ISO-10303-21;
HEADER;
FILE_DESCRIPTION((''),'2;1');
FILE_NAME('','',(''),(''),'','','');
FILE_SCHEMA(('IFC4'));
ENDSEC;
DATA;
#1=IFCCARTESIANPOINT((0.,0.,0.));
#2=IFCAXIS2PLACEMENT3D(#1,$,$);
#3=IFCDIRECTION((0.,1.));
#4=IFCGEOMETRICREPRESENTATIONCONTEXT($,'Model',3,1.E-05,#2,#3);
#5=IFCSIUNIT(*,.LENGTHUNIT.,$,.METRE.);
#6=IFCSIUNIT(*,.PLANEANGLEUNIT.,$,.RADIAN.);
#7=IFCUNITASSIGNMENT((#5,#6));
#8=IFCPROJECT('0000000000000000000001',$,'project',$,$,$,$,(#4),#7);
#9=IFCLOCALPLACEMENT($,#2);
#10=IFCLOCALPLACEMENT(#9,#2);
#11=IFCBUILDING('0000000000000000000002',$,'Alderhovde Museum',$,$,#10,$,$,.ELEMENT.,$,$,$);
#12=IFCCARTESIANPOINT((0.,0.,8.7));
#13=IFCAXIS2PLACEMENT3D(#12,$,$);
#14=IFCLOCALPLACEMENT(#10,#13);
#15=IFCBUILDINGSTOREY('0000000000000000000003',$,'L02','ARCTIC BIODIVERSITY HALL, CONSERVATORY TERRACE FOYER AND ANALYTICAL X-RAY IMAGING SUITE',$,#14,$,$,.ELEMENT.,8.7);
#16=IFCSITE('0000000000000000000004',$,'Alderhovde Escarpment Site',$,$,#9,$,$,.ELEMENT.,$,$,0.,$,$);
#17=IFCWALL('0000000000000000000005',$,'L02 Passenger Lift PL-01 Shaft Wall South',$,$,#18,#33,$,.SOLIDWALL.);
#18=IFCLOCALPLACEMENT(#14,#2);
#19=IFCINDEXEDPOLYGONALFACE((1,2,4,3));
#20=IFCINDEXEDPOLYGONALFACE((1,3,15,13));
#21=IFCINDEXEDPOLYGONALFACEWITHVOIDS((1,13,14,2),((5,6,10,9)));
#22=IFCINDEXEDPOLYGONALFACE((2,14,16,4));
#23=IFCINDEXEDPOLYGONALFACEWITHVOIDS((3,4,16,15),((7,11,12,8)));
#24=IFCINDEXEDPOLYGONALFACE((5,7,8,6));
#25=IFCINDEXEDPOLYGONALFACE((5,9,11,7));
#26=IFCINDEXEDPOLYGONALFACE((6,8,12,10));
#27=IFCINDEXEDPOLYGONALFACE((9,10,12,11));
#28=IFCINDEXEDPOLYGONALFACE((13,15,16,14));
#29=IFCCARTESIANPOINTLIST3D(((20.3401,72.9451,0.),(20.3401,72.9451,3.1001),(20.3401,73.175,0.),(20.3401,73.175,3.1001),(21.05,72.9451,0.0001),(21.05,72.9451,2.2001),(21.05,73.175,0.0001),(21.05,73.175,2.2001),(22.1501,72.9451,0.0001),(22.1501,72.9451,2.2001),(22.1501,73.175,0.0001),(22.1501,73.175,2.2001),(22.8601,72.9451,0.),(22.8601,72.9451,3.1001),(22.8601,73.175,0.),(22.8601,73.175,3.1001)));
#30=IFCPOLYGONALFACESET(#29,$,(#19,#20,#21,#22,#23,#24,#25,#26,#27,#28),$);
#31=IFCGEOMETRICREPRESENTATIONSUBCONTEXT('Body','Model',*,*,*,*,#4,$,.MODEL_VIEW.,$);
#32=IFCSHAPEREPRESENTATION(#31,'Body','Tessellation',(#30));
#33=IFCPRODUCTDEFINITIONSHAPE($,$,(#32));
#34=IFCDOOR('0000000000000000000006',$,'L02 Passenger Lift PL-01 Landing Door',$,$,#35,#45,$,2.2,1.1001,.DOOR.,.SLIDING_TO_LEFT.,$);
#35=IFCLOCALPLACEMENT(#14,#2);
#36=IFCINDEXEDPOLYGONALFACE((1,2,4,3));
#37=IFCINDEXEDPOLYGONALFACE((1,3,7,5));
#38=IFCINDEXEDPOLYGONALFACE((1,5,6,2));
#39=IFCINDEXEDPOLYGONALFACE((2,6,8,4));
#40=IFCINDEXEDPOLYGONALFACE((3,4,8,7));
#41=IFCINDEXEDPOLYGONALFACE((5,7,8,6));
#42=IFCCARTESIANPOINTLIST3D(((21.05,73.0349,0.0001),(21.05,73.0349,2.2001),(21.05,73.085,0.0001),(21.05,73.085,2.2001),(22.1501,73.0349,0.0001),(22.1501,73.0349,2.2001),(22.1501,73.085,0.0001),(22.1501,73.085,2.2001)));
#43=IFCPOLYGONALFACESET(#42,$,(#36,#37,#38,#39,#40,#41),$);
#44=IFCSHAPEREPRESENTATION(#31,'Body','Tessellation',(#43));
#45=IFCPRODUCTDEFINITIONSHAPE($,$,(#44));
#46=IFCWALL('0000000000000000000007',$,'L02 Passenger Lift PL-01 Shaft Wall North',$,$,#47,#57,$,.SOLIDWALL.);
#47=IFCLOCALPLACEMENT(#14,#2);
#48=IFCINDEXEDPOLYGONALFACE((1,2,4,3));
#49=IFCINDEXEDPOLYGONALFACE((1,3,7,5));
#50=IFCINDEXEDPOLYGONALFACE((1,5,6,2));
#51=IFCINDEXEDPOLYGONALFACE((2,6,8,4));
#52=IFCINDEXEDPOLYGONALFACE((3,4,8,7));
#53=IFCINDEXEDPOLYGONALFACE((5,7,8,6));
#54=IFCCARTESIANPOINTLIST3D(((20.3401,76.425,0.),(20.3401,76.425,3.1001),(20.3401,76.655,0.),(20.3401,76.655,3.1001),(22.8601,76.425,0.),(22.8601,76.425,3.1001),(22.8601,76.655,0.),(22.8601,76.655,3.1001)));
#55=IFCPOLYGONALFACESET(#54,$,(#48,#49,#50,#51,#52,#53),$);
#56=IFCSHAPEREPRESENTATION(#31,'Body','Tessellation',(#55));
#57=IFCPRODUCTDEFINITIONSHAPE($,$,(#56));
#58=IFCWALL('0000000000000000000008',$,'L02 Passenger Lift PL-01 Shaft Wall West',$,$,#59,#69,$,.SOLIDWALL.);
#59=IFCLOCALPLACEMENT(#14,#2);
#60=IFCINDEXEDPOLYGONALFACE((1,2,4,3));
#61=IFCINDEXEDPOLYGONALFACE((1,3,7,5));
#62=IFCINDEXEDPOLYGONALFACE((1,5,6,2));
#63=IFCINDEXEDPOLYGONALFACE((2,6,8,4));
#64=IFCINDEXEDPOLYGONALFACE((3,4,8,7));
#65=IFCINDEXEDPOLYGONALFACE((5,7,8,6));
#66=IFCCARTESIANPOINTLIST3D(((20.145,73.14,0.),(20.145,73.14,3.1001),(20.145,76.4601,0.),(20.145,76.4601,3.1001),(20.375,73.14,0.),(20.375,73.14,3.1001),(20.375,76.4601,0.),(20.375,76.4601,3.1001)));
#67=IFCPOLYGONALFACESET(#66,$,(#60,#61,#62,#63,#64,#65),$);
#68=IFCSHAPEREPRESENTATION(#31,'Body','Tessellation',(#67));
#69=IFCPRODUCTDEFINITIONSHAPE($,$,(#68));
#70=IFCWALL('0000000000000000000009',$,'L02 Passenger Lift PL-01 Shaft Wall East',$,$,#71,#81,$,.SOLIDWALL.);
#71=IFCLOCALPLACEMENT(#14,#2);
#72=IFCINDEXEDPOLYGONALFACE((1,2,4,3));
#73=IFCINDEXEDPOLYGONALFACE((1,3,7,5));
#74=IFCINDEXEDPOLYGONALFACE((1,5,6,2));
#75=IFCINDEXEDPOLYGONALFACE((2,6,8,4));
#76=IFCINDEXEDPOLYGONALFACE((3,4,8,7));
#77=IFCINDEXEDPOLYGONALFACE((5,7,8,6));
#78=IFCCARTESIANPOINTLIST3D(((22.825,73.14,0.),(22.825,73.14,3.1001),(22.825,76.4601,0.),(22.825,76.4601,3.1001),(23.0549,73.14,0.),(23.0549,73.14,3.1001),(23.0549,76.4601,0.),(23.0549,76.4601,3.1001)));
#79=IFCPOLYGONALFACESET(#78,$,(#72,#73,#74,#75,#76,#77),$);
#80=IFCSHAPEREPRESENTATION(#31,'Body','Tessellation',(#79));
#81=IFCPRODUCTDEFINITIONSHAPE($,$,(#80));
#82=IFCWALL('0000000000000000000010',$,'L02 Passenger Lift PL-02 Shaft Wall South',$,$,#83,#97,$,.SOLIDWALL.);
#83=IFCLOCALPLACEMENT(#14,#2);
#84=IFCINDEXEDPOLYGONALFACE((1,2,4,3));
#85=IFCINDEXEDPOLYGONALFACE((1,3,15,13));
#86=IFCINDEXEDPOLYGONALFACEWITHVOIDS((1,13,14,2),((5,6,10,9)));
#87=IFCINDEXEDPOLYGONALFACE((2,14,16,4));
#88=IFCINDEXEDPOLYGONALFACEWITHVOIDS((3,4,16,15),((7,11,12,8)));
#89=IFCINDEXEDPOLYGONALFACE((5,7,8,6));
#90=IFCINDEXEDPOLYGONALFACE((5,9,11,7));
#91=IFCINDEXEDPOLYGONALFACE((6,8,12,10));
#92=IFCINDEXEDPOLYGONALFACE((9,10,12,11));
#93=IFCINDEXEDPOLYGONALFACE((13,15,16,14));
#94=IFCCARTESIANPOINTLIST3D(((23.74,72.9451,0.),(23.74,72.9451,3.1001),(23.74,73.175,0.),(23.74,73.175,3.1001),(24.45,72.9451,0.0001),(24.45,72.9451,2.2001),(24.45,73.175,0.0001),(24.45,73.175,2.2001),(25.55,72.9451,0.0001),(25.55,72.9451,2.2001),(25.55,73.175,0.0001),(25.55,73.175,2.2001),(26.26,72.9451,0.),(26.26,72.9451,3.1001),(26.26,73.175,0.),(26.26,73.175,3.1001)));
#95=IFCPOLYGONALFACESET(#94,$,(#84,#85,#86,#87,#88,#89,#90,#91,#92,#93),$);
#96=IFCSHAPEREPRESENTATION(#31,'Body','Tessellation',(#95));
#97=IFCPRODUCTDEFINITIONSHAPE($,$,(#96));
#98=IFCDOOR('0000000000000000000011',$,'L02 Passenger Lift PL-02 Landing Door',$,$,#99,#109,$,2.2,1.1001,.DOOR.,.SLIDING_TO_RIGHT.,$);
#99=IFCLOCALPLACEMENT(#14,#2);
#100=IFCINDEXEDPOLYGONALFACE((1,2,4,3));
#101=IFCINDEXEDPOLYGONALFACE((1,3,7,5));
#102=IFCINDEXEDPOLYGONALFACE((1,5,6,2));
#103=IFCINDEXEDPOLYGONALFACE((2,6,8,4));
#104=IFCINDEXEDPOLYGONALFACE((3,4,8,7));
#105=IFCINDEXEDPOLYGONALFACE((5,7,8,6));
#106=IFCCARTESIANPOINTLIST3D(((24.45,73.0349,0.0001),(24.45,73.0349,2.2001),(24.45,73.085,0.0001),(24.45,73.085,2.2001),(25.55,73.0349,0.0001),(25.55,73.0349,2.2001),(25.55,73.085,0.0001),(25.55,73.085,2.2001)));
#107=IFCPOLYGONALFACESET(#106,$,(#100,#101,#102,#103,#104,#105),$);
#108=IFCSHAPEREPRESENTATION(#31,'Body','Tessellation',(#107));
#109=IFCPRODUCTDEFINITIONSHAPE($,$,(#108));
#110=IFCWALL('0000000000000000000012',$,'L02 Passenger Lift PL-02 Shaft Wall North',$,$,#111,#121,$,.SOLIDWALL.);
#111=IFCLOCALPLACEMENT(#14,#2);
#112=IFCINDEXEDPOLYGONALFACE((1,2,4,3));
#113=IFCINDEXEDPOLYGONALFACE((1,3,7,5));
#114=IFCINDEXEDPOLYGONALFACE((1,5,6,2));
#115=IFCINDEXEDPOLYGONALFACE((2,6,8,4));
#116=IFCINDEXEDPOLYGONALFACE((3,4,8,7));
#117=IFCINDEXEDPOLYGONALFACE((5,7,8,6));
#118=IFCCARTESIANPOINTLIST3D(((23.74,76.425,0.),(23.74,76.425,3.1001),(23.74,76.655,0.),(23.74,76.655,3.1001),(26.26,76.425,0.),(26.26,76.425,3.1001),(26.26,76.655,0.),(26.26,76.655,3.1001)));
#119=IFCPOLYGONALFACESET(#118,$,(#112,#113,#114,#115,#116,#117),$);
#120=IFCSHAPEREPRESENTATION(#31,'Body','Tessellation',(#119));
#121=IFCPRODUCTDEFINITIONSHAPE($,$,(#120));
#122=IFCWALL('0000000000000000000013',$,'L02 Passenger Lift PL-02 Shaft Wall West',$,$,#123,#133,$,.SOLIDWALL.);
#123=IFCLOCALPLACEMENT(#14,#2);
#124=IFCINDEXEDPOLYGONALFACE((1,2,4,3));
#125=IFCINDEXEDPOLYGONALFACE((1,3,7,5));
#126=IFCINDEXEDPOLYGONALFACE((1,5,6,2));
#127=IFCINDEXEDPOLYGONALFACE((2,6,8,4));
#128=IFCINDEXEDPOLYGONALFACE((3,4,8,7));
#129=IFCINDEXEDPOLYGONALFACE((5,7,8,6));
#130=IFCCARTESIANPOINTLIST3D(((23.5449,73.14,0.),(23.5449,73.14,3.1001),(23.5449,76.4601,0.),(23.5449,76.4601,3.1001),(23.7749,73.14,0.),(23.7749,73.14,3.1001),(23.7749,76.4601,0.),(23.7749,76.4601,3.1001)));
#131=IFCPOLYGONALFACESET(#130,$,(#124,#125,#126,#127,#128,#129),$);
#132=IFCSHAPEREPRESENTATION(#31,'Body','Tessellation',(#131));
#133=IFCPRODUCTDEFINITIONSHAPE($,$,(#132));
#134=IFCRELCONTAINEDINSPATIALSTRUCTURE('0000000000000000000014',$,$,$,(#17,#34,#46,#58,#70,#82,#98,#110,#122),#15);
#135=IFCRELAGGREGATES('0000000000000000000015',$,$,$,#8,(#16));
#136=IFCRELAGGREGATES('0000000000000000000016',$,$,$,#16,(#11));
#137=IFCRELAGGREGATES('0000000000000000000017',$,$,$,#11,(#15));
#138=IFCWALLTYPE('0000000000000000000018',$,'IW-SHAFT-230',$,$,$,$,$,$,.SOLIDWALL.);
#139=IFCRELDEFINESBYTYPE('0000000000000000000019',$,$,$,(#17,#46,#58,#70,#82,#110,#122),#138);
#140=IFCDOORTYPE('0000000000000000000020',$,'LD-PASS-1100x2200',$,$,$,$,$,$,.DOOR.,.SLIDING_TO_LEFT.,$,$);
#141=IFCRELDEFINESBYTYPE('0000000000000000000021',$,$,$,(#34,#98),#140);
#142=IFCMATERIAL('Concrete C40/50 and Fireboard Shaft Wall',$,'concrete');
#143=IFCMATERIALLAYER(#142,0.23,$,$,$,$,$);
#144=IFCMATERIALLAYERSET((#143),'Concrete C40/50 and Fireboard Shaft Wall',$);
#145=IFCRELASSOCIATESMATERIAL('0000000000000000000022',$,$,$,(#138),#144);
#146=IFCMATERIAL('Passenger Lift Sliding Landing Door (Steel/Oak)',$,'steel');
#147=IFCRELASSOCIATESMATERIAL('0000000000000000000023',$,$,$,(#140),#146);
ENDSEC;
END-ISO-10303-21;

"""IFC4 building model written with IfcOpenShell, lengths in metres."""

from ifc_helpers import new_model, si_unit, direction, frame, frame_2d, origin, place, context, subcontext, project, spatial, rectangle, extrude, material, layer, layer_set, type_object, element, fill, save


model = new_model("IFC4")

# Units and contexts
model_context = context("Model", 3, precision=1e-05, world=origin(), true_north=direction((0.0, 1.0)))
body_context = subcontext(model_context, "Body", "Model", "MODEL_VIEW")
ifc_project = project(units=[si_unit("LENGTHUNIT", "METRE"), si_unit("PLANEANGLEUNIT", "RADIAN")], contexts=[model_context])

# Site, building, storey
site_placement = place(None, origin())
site = spatial("IfcSite", under=ifc_project, at=site_placement, Name="Alderhovde Escarpment Site", CompositionType="ELEMENT", RefElevation=0.0)
building_placement = place(site_placement, origin())
building = spatial("IfcBuilding", under=site, at=building_placement, Name="Alderhovde Museum", CompositionType="ELEMENT")
storey_placement = place(building_placement, frame((0.0, 0.0, 8.7)))
storey = spatial("IfcBuildingStorey", under=building, at=storey_placement, Name="L02", Description="ARCTIC BIODIVERSITY HALL, CONSERVATORY TERRACE FOYER AND ANALYTICAL X-RAY IMAGING SUITE", CompositionType="ELEMENT", Elevation=8.7)

# Wall, opening, door
ifc_material_1 = material(Name="Concrete C40/50 and Fireboard Shaft Wall", Category="concrete")
ifc_layer_1 = layer(ifc_material_1, 0.23)
ifc_layer_set_1 = layer_set([ifc_layer_1], Name="Concrete C40/50 and Fireboard Shaft Wall")
wall_type_1 = type_object("IfcWallType", Name="IW-SHAFT-230", PredefinedType="SOLIDWALL", material=ifc_layer_set_1)
wall_1_placement = place(storey_placement, frame((20.3401, 73.0601, 0.0), z_axis=(0.0, 0.0, 1.0), x_axis=(1.0, 0.0, 0.0)))
wall_1 = element("IfcWall", 1, at=wall_1_placement, inside=storey, type_object=wall_type_1, Name="L02 Passenger Lift PL-01 Shaft Wall South", PredefinedType="SOLIDWALL", context=body_context, shape_type="SweptSolid", body=[
    extrude(rectangle(XDim=2.52, YDim=0.23, at=frame_2d((1.26, 0.0))), origin(), (0.0, 0.0, 1.0), 3.1001),
])
opening_1_placement = place(wall_1_placement, frame((0.71, 0.0, 0.0)))
opening_1 = element("IfcOpeningElement", 2, at=opening_1_placement, cuts=wall_1, PredefinedType="OPENING", context=body_context, shape_type="SweptSolid", body=[
    extrude(rectangle(XDim=1.1001, YDim=2.2, at=frame_2d((0.55, 1.1001))), frame((0.0, 0.125, 0.0), z_axis=(0.0, -1.0, 0.0), x_axis=(1.0, 0.0, 0.0)), (0.0, 0.0, 1.0), 0.25),
])
ifc_material_2 = material(Name="Passenger Lift Sliding Landing Door (Steel/Oak)", Category="steel")
door_type_1 = type_object("IfcDoorType", Name="LD-PASS-1100x2200", OperationType="SLIDING_TO_LEFT", PredefinedType="DOOR", material=ifc_material_2)
door_1_placement = place(opening_1_placement, origin())
door_1 = element("IfcDoor", 3, at=door_1_placement, inside=storey, type_object=door_type_1, Name="L02 Passenger Lift PL-01 Landing Door", OperationType="SLIDING_TO_LEFT", OverallHeight=2.2, OverallWidth=1.1001, PredefinedType="DOOR", context=body_context, shape_type="SweptSolid", body=[
    extrude(rectangle(XDim=1.1001, YDim=2.2, at=frame_2d((0.55, 1.1001))), frame((0.0, 0.0249, 0.0), z_axis=(0.0, -1.0, 0.0), x_axis=(1.0, 0.0, 0.0)), (0.0, 0.0, 1.0), 0.05),
])
fill(opening_1, door_1)

# Walls
wall_2_placement = place(storey_placement, frame((20.3401, 76.54, 0.0), z_axis=(0.0, 0.0, 1.0), x_axis=(1.0, 0.0, 0.0)))
element("IfcWall", 4, at=wall_2_placement, inside=storey, type_object=wall_type_1, Name="L02 Passenger Lift PL-01 Shaft Wall North", PredefinedType="SOLIDWALL", context=body_context, shape_type="SweptSolid", body=[
    extrude(rectangle(XDim=2.52, YDim=0.23, at=frame_2d((1.26, 0.0))), origin(), (0.0, 0.0, 1.0), 3.1001),
])
for number, where, z_axis, x_axis, name in (
    (5, (20.26, 73.1399, 0.0), (0.0, 0.0, 1.0), (0.0, 1.0, 0.0), "L02 Passenger Lift PL-01 Shaft Wall West"),
    (6, (22.9399, 73.1399, 0.0), (0.0, 0.0, 1.0), (0.0, 1.0, 0.0), "L02 Passenger Lift PL-01 Shaft Wall East"),
):
    element("IfcWall", number, at=place(storey_placement, frame(where, z_axis=z_axis, x_axis=x_axis)), inside=storey, type_object=wall_type_1, Name=name, PredefinedType="SOLIDWALL", context=body_context, shape_type="SweptSolid", body=[
        extrude(rectangle(XDim=3.3201, YDim=0.23, at=frame_2d((1.6602, 0.0))), origin(), (0.0, 0.0, 1.0), 3.1001),
    ])

# Wall, opening, door
wall_3_placement = place(storey_placement, frame((23.74, 73.0601, 0.0), z_axis=(0.0, 0.0, 1.0), x_axis=(1.0, 0.0, 0.0)))
wall_3 = element("IfcWall", 7, at=wall_3_placement, inside=storey, type_object=wall_type_1, Name="L02 Passenger Lift PL-02 Shaft Wall South", PredefinedType="SOLIDWALL", context=body_context, shape_type="SweptSolid", body=[
    extrude(rectangle(XDim=2.52, YDim=0.23, at=frame_2d((1.26, 0.0))), origin(), (0.0, 0.0, 1.0), 3.1001),
])
opening_2_placement = place(wall_3_placement, frame((0.71, 0.0, 0.0)))
opening_2 = element("IfcOpeningElement", 8, at=opening_2_placement, cuts=wall_3, PredefinedType="OPENING", context=body_context, shape_type="SweptSolid", body=[
    extrude(rectangle(XDim=1.1001, YDim=2.2, at=frame_2d((0.55, 1.1001))), frame((0.0, 0.125, 0.0), z_axis=(0.0, -1.0, 0.0), x_axis=(1.0, 0.0, 0.0)), (0.0, 0.0, 1.0), 0.25),
])
door_2_placement = place(opening_2_placement, origin())
door_2 = element("IfcDoor", 9, at=door_2_placement, inside=storey, type_object=door_type_1, Name="L02 Passenger Lift PL-02 Landing Door", OperationType="SLIDING_TO_RIGHT", OverallHeight=2.2, OverallWidth=1.1001, PredefinedType="DOOR", context=body_context, shape_type="SweptSolid", body=[
    extrude(rectangle(XDim=1.1001, YDim=2.2, at=frame_2d((0.55, 1.1001))), frame((0.0, 0.0249, 0.0), z_axis=(0.0, -1.0, 0.0), x_axis=(1.0, 0.0, 0.0)), (0.0, 0.0, 1.0), 0.05),
])
fill(opening_2, door_2)

# Walls
wall_4_placement = place(storey_placement, frame((23.74, 76.54, 0.0), z_axis=(0.0, 0.0, 1.0), x_axis=(1.0, 0.0, 0.0)))
element("IfcWall", 10, at=wall_4_placement, inside=storey, type_object=wall_type_1, Name="L02 Passenger Lift PL-02 Shaft Wall North", PredefinedType="SOLIDWALL", context=body_context, shape_type="SweptSolid", body=[
    extrude(rectangle(XDim=2.52, YDim=0.23, at=frame_2d((1.26, 0.0))), origin(), (0.0, 0.0, 1.0), 3.1001),
])
wall_5_placement = place(storey_placement, frame((23.6599, 73.1399, 0.0), z_axis=(0.0, 0.0, 1.0), x_axis=(0.0, 1.0, 0.0)))
element("IfcWall", 11, at=wall_5_placement, inside=storey, type_object=wall_type_1, Name="L02 Passenger Lift PL-02 Shaft Wall West", PredefinedType="SOLIDWALL", context=body_context, shape_type="SweptSolid", body=[
    extrude(rectangle(XDim=3.3201, YDim=0.23, at=frame_2d((1.6602, 0.0))), origin(), (0.0, 0.0, 1.0), 3.1001),
])

save(model, "model.ifc")
